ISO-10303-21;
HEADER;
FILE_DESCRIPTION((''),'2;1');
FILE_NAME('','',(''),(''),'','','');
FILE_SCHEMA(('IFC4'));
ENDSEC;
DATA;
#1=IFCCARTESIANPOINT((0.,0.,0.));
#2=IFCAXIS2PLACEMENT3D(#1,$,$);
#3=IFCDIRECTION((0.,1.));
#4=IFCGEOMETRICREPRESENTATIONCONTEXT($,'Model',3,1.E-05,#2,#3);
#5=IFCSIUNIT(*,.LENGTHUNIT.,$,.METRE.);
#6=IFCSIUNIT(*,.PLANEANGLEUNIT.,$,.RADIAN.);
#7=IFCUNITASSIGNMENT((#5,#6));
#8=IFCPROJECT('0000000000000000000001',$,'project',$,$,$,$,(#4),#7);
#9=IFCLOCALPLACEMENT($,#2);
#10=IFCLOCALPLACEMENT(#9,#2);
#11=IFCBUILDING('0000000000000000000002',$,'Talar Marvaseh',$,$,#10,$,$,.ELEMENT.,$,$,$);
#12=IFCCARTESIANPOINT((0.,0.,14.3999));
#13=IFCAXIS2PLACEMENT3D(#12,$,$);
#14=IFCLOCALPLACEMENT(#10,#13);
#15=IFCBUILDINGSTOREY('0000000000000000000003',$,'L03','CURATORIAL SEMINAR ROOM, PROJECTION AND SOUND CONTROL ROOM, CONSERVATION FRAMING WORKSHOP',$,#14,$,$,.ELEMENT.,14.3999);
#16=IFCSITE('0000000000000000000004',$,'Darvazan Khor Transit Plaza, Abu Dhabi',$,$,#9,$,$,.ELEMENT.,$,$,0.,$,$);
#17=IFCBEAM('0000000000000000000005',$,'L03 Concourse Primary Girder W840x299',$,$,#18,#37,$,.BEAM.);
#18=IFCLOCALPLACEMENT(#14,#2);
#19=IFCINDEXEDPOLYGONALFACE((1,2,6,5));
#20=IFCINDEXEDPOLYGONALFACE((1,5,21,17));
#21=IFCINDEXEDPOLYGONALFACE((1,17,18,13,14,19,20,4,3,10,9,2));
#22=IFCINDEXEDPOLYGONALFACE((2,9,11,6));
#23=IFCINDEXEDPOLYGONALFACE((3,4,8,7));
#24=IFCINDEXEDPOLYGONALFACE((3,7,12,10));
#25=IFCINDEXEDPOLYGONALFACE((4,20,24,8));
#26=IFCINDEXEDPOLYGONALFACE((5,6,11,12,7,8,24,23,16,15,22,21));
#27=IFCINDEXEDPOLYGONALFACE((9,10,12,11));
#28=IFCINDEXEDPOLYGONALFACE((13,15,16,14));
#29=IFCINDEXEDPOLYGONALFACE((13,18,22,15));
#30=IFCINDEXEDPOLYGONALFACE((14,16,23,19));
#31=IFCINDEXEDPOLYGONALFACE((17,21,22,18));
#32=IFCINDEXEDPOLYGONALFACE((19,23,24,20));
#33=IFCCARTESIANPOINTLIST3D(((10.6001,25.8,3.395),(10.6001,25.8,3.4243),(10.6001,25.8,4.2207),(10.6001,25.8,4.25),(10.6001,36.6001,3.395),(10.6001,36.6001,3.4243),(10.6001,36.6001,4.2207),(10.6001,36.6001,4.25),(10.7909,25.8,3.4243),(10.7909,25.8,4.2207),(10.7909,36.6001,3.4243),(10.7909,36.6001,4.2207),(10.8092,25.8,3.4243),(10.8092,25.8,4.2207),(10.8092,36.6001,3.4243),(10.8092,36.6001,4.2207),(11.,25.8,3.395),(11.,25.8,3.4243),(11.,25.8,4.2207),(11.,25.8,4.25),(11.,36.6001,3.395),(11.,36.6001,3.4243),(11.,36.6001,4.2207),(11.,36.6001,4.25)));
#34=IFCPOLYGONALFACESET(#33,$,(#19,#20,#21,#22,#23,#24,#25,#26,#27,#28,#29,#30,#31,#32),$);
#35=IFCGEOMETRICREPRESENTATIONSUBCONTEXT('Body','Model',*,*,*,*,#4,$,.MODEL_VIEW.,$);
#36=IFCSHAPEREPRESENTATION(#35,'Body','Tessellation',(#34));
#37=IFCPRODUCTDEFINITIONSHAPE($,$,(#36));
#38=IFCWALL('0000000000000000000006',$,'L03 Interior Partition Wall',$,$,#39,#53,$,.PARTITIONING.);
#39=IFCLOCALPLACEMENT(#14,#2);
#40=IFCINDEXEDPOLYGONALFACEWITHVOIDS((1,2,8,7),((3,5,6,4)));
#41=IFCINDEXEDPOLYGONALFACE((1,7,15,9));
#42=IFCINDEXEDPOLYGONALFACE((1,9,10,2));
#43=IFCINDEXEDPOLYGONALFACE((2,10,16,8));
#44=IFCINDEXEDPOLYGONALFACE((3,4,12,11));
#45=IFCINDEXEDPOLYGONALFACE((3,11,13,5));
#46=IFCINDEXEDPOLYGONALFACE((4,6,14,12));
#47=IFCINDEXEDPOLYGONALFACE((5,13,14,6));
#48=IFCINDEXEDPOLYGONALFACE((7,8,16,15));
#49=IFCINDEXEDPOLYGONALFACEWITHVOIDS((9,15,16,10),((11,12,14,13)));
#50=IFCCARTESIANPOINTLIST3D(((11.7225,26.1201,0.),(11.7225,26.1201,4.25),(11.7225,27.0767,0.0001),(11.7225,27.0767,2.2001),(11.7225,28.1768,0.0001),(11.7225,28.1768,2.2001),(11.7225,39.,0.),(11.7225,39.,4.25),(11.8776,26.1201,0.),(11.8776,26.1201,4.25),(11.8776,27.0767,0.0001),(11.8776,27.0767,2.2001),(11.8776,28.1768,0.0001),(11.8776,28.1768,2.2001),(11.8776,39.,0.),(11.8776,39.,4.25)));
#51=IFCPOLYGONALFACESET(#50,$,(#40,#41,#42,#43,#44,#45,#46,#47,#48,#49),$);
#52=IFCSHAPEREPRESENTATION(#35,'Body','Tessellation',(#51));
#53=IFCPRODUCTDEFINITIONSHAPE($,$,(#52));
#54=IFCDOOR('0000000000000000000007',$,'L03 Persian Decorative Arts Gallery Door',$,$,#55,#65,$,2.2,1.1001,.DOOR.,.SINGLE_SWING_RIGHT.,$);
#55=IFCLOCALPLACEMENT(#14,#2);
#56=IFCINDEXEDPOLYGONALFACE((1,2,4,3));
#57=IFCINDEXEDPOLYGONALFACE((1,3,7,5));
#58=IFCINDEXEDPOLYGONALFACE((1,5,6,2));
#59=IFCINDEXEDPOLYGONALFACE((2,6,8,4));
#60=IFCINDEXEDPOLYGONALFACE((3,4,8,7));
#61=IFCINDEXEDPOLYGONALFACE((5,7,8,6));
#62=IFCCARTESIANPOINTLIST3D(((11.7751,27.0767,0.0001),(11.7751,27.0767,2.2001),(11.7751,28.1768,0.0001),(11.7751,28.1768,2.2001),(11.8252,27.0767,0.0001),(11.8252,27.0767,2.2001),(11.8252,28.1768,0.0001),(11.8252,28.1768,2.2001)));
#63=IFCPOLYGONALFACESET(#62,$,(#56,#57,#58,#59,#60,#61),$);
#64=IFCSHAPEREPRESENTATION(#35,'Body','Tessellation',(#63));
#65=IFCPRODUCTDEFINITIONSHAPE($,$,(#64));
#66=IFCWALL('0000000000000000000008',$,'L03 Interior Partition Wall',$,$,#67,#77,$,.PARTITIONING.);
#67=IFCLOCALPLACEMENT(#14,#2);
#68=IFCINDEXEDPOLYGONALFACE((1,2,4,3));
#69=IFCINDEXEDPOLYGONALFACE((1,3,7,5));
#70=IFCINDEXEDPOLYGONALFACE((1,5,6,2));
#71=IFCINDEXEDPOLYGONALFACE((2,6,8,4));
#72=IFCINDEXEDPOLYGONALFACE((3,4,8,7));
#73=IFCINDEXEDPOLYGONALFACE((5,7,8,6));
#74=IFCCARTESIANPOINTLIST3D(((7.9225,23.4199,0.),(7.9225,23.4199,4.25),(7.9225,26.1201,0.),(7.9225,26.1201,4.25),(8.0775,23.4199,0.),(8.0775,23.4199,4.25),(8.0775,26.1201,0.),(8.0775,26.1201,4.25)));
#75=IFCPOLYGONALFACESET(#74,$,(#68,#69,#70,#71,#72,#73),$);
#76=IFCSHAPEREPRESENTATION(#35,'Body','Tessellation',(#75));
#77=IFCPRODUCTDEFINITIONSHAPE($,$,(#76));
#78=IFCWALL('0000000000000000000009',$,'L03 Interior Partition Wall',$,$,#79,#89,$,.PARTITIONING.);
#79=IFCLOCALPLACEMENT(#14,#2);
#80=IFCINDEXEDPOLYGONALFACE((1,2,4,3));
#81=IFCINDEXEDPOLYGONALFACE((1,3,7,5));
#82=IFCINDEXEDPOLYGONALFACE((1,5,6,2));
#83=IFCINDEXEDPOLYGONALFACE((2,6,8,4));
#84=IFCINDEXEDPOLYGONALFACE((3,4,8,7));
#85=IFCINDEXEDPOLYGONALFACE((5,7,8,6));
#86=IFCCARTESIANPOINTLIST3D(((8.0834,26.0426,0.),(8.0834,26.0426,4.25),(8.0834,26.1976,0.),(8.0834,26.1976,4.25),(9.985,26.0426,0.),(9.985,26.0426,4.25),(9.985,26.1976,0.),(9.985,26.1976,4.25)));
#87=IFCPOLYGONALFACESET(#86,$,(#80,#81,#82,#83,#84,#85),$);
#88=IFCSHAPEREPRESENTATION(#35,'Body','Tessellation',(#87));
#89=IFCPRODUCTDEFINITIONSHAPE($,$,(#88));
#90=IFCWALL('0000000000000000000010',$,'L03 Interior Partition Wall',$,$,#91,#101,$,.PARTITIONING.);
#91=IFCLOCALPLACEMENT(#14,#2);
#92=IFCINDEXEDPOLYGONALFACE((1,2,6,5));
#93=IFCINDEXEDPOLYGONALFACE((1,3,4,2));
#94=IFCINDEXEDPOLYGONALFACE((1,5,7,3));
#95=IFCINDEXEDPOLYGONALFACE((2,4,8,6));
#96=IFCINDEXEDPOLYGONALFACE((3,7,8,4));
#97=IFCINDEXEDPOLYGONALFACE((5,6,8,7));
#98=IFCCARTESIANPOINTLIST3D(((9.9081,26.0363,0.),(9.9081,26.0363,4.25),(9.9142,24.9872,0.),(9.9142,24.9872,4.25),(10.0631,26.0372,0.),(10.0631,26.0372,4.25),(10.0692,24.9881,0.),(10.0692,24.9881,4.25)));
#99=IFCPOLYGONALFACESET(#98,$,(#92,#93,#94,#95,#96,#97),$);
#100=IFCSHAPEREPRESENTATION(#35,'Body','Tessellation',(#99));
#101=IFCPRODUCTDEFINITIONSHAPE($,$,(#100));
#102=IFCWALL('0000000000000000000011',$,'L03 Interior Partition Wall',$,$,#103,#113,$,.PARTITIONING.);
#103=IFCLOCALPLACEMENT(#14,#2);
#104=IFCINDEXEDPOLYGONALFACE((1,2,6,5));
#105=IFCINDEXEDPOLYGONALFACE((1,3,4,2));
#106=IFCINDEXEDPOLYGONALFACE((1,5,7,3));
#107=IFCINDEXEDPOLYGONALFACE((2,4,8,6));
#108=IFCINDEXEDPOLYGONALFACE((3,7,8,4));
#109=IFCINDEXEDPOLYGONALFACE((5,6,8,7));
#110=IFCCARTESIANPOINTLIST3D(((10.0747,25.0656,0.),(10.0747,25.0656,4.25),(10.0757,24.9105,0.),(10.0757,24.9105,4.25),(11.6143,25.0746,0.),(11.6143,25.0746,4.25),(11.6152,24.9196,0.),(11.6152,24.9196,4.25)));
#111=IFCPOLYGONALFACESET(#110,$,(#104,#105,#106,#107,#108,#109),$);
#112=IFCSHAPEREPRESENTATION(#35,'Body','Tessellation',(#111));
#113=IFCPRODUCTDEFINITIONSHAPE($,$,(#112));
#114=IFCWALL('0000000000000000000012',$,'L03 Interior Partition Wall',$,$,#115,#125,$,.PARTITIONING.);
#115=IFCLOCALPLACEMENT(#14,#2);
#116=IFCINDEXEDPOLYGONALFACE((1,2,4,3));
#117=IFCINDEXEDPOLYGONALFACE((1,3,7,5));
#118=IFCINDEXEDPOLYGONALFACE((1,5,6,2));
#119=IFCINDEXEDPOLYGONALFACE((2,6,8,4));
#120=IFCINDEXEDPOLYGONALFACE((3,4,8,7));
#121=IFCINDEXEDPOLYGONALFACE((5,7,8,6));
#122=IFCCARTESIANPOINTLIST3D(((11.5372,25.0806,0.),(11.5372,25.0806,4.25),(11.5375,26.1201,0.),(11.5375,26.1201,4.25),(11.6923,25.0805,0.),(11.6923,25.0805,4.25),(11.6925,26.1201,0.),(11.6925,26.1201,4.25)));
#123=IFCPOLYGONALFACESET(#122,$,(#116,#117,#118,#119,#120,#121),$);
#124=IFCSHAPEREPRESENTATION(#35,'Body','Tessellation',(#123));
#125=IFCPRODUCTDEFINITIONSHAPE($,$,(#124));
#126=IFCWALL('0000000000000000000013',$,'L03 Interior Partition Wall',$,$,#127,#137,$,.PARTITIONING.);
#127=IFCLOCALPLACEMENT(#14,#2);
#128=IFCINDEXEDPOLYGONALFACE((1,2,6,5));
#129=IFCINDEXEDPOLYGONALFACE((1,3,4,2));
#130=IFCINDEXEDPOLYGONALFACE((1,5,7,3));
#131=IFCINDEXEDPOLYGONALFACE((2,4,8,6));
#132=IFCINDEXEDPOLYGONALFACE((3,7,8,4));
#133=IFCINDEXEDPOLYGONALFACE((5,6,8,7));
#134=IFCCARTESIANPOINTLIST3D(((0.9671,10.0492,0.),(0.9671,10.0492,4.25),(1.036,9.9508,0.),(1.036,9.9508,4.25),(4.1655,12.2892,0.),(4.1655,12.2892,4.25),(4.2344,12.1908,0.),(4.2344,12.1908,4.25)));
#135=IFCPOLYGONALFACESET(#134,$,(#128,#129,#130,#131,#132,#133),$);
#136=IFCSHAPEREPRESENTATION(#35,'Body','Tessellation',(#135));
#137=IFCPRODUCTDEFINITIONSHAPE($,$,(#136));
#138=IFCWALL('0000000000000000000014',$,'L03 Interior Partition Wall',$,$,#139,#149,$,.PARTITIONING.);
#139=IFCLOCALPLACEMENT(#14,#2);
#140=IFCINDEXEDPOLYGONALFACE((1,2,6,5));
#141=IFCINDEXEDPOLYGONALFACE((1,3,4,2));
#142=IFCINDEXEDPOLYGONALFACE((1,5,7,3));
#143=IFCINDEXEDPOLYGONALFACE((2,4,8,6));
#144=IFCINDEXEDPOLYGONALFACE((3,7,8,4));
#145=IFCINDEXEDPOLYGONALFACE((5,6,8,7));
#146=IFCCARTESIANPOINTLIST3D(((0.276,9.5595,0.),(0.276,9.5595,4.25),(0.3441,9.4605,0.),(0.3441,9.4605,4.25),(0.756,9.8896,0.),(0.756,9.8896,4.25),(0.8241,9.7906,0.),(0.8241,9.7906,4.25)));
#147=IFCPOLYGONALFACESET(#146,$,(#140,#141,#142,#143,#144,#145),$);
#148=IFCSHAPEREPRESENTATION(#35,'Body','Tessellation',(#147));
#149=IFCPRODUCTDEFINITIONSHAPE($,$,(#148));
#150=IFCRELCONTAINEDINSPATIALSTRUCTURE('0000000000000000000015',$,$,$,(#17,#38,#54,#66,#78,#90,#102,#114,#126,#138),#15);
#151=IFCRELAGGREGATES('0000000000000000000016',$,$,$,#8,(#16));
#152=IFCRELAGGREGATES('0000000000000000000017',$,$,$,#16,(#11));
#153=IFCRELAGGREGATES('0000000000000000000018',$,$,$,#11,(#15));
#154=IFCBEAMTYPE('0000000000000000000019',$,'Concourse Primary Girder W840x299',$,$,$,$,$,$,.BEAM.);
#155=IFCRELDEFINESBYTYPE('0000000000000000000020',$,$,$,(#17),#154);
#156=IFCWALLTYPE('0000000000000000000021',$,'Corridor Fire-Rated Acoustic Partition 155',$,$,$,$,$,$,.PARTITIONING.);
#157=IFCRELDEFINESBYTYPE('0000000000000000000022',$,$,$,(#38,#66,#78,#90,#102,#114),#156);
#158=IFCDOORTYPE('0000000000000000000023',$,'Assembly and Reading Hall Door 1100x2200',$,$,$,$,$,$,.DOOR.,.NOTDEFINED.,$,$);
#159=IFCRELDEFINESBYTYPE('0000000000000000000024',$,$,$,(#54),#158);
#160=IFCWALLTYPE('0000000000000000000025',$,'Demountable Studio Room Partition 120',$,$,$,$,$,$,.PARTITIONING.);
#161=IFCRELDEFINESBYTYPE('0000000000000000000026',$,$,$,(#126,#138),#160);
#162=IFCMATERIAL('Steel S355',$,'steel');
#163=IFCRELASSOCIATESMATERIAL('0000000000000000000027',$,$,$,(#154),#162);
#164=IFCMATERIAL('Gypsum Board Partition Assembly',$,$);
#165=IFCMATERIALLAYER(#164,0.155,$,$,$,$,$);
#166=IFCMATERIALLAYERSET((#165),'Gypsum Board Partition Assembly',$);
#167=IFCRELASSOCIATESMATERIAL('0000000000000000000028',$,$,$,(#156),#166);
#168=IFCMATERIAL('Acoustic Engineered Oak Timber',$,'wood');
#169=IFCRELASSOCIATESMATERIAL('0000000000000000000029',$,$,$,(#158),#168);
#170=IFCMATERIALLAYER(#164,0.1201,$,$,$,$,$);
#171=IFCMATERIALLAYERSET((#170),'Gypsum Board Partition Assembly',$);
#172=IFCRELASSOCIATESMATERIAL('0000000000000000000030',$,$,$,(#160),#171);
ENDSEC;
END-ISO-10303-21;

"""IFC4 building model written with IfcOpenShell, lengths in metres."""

from ifc_helpers import new_model, si_unit, direction, frame, frame_2d, origin, origin_2d, place, context, subcontext, project, spatial, rectangle, i_section, extrude, source, transform, mapped, material, layer, layer_set, material_profile, profile_set, type_object, type_shapes, element, fill, save


model = new_model("IFC4")

# Units and contexts
model_context = context("Model", 3, precision=1e-05, world=origin(), true_north=direction((0.0, 1.0)))
body_context = subcontext(model_context, "Body", "Model", "MODEL_VIEW")
ifc_project = project(units=[si_unit("LENGTHUNIT", "METRE"), si_unit("PLANEANGLEUNIT", "RADIAN")], contexts=[model_context])

# Site, building, storey
site_placement = place(None, origin())
site = spatial("IfcSite", under=ifc_project, at=site_placement, Name="Darvazan Khor Transit Plaza, Abu Dhabi", CompositionType="ELEMENT", RefElevation=0.0)
building_placement = place(site_placement, origin())
building = spatial("IfcBuilding", under=site, at=building_placement, Name="Talar Marvaseh", CompositionType="ELEMENT")
storey_placement = place(building_placement, frame((0.0, 0.0, 14.3999)))
storey = spatial("IfcBuildingStorey", under=building, at=storey_placement, Name="L03", Description="CURATORIAL SEMINAR ROOM, PROJECTION AND SOUND CONTROL ROOM, CONSERVATION FRAMING WORKSHOP", CompositionType="ELEMENT", Elevation=14.3999)

# Beam
ifc_material_1 = material(Name="Steel S355", Category="steel")
ifc_material_profile_1 = material_profile(ifc_material_1, i_section(OverallWidth=0.3999, OverallDepth=0.855, WebThickness=0.0183, FlangeThickness=0.0293, at=origin_2d()), Name="W840x299")
ifc_profile_set_1 = profile_set([ifc_material_profile_1], Name="Steel S355")
beam_type_1 = type_object("IfcBeamType", Name="Concourse Primary Girder W840x299", PredefinedType="BEAM", material=ifc_profile_set_1)
for number, where, z_axis, x_axis, name in (
    (1, (10.8, 25.8, 3.8225), (0.0, 1.0, 0.0), (-1.0, 0.0, 0.0), "L03 Concourse Primary Girder W840x299"),
):
    element("IfcBeam", number, at=place(storey_placement, frame(where, z_axis=z_axis, x_axis=x_axis)), inside=storey, type_object=beam_type_1, Name=name, PredefinedType="BEAM", context=body_context, shape_type="SweptSolid", body=[
        extrude(i_section(OverallWidth=0.3999, OverallDepth=0.855, WebThickness=0.0183, FlangeThickness=0.0293, at=origin_2d()), origin(), (0.0, 0.0, 1.0), 10.8),
    ])

# Wall, opening, door
ifc_material_2 = material(Name="Gypsum Board Partition Assembly")
ifc_layer_1 = layer(ifc_material_2, 0.155)
ifc_layer_set_1 = layer_set([ifc_layer_1], Name="Gypsum Board Partition Assembly")
wall_type_1 = type_object("IfcWallType", Name="Corridor Fire-Rated Acoustic Partition 155", PredefinedType="PARTITIONING", material=ifc_layer_set_1)
wall_1_placement = place(storey_placement, frame((11.8, 26.1201, 0.0), z_axis=(0.0, 0.0, 1.0), x_axis=(0.0, 1.0, 0.0)))
wall_1 = element("IfcWall", 2, at=wall_1_placement, inside=storey, type_object=wall_type_1, Name="L03 Interior Partition Wall", PredefinedType="PARTITIONING", context=body_context, shape_type="SweptSolid", body=[
    extrude(rectangle(XDim=12.8799, YDim=0.155, at=frame_2d((6.4399, 0.0))), origin(), (0.0, 0.0, 1.0), 4.25),
])
opening_placement = place(wall_1_placement, frame((0.9565, 0.0, 0.0)))
opening = element("IfcOpeningElement", 3, at=opening_placement, cuts=wall_1, PredefinedType="OPENING", context=body_context, shape_type="SweptSolid", body=[
    extrude(rectangle(XDim=1.1001, YDim=2.2, at=frame_2d((0.55, 1.1001))), frame((0.0, 0.0874, 0.0), z_axis=(0.0, -1.0, 0.0), x_axis=(1.0, 0.0, 0.0)), (0.0, 0.0, 1.0), 0.175),
])
ifc_material_3 = material(Name="Acoustic Engineered Oak Timber", Category="wood")
door_type = type_object("IfcDoorType", Name="Assembly and Reading Hall Door 1100x2200", OperationType="NOTDEFINED", PredefinedType="DOOR", material=ifc_material_3)
shared_shape = source(origin(), body_context, "Body", "SweptSolid", [
    extrude(rectangle(XDim=1.1001, YDim=2.2, at=frame_2d((0.55, 1.1001))), frame((0.0, 0.0249, 0.0), z_axis=(0.0, -1.0, 0.0), x_axis=(1.0, 0.0, 0.0)), (0.0, 0.0, 1.0), 0.05),
])
type_shapes(door_type, [shared_shape])
door_placement = place(opening_placement, origin())
door = element("IfcDoor", 4, at=door_placement, inside=storey, type_object=door_type, Name="L03 Persian Decorative Arts Gallery Door", OperationType="SINGLE_SWING_RIGHT", OverallHeight=2.2, OverallWidth=1.1001, PredefinedType="DOOR", context=body_context, shape_type="MappedRepresentation", body=[
    mapped(shared_shape, transform((0.0, 0.0, 0.0), x_axis=(1.0, 0.0, 0.0), y_axis=(0.0, 1.0, 0.0), z_axis=(0.0, 0.0, 1.0), scale=1.0)),
])
fill(opening, door)

# Walls
wall_2_placement = place(storey_placement, frame((8.0, 23.4199, 0.0), z_axis=(0.0, 0.0, 1.0), x_axis=(0.0, 1.0, 0.0)))
element("IfcWall", 5, at=wall_2_placement, inside=storey, type_object=wall_type_1, Name="L03 Interior Partition Wall", PredefinedType="PARTITIONING", context=body_context, shape_type="SweptSolid", body=[
    extrude(rectangle(XDim=2.7002, YDim=0.155, at=frame_2d((1.3501, 0.0))), origin(), (0.0, 0.0, 1.0), 4.25),
])
wall_3_placement = place(storey_placement, frame((8.0835, 26.1201, 0.0), z_axis=(0.0, 0.0, 1.0), x_axis=(1.0, 0.0, 0.0)))
element("IfcWall", 6, at=wall_3_placement, inside=storey, type_object=wall_type_1, Name="L03 Interior Partition Wall", PredefinedType="PARTITIONING", context=body_context, shape_type="SweptSolid", body=[
    extrude(rectangle(XDim=1.9016, YDim=0.155, at=frame_2d((0.9507, 0.0))), origin(), (0.0, 0.0, 1.0), 4.25),
])
wall_4_placement = place(storey_placement, frame((9.9856, 26.0366, 0.0), z_axis=(0.0, 0.0, 1.0), x_axis=(0.005818, -0.999983, 0.0)))
element("IfcWall", 7, at=wall_4_placement, inside=storey, type_object=wall_type_1, Name="L03 Interior Partition Wall", PredefinedType="PARTITIONING", context=body_context, shape_type="SweptSolid", body=[
    extrude(rectangle(XDim=1.0491, YDim=0.155, at=frame_2d((0.5244, 0.0))), origin(), (0.0, 0.0, 1.0), 4.25),
])
wall_5_placement = place(storey_placement, frame((10.0752, 24.988, 0.0), z_axis=(0.0, 0.0, 1.0), x_axis=(0.999983, 0.005867, 0.0)))
element("IfcWall", 8, at=wall_5_placement, inside=storey, type_object=wall_type_1, Name="L03 Interior Partition Wall", PredefinedType="PARTITIONING", context=body_context, shape_type="SweptSolid", body=[
    extrude(rectangle(XDim=1.5396, YDim=0.155, at=frame_2d((0.7698, 0.0))), origin(), (0.0, 0.0, 1.0), 4.25),
])
wall_6_placement = place(storey_placement, frame((11.6147, 25.0806, 0.0), z_axis=(0.0, 0.0, 1.0), x_axis=(0.000235, 1.0, 0.0)))
element("IfcWall", 9, at=wall_6_placement, inside=storey, type_object=wall_type_1, Name="L03 Interior Partition Wall", PredefinedType="PARTITIONING", context=body_context, shape_type="SweptSolid", body=[
    extrude(rectangle(XDim=1.0396, YDim=0.155, at=frame_2d((0.5198, 0.0))), origin(), (0.0, 0.0, 1.0), 4.25),
])
ifc_layer_2 = layer(ifc_material_2, 0.1201)
ifc_layer_set_2 = layer_set([ifc_layer_2], Name="Gypsum Board Partition Assembly")
wall_type_2 = type_object("IfcWallType", Name="Demountable Studio Room Partition 120", PredefinedType="PARTITIONING", material=ifc_layer_set_2)
wall_7_placement = place(storey_placement, frame((4.2, 12.24, 0.0), z_axis=(0.0, 0.0, 1.0), x_axis=(-0.819106, -0.573643, 0.0)))
element("IfcWall", 10, at=wall_7_placement, inside=storey, type_object=wall_type_2, Name="L03 Interior Partition Wall", PredefinedType="PARTITIONING", context=body_context, shape_type="SweptSolid", body=[
    extrude(rectangle(XDim=3.9048, YDim=0.1201, at=frame_2d((1.9524, 0.0))), origin(), (0.0, 0.0, 1.0), 4.25),
])
wall_8_placement = place(storey_placement, frame((0.79, 9.8401, 0.0), z_axis=(0.0, 0.0, 1.0), x_axis=(-0.823969, -0.566636, 0.0)))
element("IfcWall", 11, at=wall_8_placement, inside=storey, type_object=wall_type_2, Name="L03 Interior Partition Wall", PredefinedType="PARTITIONING", context=body_context, shape_type="SweptSolid", body=[
    extrude(rectangle(XDim=0.5825, YDim=0.1201, at=frame_2d((0.2913, 0.0))), origin(), (0.0, 0.0, 1.0), 4.25),
])

save(model, "model.ifc")
